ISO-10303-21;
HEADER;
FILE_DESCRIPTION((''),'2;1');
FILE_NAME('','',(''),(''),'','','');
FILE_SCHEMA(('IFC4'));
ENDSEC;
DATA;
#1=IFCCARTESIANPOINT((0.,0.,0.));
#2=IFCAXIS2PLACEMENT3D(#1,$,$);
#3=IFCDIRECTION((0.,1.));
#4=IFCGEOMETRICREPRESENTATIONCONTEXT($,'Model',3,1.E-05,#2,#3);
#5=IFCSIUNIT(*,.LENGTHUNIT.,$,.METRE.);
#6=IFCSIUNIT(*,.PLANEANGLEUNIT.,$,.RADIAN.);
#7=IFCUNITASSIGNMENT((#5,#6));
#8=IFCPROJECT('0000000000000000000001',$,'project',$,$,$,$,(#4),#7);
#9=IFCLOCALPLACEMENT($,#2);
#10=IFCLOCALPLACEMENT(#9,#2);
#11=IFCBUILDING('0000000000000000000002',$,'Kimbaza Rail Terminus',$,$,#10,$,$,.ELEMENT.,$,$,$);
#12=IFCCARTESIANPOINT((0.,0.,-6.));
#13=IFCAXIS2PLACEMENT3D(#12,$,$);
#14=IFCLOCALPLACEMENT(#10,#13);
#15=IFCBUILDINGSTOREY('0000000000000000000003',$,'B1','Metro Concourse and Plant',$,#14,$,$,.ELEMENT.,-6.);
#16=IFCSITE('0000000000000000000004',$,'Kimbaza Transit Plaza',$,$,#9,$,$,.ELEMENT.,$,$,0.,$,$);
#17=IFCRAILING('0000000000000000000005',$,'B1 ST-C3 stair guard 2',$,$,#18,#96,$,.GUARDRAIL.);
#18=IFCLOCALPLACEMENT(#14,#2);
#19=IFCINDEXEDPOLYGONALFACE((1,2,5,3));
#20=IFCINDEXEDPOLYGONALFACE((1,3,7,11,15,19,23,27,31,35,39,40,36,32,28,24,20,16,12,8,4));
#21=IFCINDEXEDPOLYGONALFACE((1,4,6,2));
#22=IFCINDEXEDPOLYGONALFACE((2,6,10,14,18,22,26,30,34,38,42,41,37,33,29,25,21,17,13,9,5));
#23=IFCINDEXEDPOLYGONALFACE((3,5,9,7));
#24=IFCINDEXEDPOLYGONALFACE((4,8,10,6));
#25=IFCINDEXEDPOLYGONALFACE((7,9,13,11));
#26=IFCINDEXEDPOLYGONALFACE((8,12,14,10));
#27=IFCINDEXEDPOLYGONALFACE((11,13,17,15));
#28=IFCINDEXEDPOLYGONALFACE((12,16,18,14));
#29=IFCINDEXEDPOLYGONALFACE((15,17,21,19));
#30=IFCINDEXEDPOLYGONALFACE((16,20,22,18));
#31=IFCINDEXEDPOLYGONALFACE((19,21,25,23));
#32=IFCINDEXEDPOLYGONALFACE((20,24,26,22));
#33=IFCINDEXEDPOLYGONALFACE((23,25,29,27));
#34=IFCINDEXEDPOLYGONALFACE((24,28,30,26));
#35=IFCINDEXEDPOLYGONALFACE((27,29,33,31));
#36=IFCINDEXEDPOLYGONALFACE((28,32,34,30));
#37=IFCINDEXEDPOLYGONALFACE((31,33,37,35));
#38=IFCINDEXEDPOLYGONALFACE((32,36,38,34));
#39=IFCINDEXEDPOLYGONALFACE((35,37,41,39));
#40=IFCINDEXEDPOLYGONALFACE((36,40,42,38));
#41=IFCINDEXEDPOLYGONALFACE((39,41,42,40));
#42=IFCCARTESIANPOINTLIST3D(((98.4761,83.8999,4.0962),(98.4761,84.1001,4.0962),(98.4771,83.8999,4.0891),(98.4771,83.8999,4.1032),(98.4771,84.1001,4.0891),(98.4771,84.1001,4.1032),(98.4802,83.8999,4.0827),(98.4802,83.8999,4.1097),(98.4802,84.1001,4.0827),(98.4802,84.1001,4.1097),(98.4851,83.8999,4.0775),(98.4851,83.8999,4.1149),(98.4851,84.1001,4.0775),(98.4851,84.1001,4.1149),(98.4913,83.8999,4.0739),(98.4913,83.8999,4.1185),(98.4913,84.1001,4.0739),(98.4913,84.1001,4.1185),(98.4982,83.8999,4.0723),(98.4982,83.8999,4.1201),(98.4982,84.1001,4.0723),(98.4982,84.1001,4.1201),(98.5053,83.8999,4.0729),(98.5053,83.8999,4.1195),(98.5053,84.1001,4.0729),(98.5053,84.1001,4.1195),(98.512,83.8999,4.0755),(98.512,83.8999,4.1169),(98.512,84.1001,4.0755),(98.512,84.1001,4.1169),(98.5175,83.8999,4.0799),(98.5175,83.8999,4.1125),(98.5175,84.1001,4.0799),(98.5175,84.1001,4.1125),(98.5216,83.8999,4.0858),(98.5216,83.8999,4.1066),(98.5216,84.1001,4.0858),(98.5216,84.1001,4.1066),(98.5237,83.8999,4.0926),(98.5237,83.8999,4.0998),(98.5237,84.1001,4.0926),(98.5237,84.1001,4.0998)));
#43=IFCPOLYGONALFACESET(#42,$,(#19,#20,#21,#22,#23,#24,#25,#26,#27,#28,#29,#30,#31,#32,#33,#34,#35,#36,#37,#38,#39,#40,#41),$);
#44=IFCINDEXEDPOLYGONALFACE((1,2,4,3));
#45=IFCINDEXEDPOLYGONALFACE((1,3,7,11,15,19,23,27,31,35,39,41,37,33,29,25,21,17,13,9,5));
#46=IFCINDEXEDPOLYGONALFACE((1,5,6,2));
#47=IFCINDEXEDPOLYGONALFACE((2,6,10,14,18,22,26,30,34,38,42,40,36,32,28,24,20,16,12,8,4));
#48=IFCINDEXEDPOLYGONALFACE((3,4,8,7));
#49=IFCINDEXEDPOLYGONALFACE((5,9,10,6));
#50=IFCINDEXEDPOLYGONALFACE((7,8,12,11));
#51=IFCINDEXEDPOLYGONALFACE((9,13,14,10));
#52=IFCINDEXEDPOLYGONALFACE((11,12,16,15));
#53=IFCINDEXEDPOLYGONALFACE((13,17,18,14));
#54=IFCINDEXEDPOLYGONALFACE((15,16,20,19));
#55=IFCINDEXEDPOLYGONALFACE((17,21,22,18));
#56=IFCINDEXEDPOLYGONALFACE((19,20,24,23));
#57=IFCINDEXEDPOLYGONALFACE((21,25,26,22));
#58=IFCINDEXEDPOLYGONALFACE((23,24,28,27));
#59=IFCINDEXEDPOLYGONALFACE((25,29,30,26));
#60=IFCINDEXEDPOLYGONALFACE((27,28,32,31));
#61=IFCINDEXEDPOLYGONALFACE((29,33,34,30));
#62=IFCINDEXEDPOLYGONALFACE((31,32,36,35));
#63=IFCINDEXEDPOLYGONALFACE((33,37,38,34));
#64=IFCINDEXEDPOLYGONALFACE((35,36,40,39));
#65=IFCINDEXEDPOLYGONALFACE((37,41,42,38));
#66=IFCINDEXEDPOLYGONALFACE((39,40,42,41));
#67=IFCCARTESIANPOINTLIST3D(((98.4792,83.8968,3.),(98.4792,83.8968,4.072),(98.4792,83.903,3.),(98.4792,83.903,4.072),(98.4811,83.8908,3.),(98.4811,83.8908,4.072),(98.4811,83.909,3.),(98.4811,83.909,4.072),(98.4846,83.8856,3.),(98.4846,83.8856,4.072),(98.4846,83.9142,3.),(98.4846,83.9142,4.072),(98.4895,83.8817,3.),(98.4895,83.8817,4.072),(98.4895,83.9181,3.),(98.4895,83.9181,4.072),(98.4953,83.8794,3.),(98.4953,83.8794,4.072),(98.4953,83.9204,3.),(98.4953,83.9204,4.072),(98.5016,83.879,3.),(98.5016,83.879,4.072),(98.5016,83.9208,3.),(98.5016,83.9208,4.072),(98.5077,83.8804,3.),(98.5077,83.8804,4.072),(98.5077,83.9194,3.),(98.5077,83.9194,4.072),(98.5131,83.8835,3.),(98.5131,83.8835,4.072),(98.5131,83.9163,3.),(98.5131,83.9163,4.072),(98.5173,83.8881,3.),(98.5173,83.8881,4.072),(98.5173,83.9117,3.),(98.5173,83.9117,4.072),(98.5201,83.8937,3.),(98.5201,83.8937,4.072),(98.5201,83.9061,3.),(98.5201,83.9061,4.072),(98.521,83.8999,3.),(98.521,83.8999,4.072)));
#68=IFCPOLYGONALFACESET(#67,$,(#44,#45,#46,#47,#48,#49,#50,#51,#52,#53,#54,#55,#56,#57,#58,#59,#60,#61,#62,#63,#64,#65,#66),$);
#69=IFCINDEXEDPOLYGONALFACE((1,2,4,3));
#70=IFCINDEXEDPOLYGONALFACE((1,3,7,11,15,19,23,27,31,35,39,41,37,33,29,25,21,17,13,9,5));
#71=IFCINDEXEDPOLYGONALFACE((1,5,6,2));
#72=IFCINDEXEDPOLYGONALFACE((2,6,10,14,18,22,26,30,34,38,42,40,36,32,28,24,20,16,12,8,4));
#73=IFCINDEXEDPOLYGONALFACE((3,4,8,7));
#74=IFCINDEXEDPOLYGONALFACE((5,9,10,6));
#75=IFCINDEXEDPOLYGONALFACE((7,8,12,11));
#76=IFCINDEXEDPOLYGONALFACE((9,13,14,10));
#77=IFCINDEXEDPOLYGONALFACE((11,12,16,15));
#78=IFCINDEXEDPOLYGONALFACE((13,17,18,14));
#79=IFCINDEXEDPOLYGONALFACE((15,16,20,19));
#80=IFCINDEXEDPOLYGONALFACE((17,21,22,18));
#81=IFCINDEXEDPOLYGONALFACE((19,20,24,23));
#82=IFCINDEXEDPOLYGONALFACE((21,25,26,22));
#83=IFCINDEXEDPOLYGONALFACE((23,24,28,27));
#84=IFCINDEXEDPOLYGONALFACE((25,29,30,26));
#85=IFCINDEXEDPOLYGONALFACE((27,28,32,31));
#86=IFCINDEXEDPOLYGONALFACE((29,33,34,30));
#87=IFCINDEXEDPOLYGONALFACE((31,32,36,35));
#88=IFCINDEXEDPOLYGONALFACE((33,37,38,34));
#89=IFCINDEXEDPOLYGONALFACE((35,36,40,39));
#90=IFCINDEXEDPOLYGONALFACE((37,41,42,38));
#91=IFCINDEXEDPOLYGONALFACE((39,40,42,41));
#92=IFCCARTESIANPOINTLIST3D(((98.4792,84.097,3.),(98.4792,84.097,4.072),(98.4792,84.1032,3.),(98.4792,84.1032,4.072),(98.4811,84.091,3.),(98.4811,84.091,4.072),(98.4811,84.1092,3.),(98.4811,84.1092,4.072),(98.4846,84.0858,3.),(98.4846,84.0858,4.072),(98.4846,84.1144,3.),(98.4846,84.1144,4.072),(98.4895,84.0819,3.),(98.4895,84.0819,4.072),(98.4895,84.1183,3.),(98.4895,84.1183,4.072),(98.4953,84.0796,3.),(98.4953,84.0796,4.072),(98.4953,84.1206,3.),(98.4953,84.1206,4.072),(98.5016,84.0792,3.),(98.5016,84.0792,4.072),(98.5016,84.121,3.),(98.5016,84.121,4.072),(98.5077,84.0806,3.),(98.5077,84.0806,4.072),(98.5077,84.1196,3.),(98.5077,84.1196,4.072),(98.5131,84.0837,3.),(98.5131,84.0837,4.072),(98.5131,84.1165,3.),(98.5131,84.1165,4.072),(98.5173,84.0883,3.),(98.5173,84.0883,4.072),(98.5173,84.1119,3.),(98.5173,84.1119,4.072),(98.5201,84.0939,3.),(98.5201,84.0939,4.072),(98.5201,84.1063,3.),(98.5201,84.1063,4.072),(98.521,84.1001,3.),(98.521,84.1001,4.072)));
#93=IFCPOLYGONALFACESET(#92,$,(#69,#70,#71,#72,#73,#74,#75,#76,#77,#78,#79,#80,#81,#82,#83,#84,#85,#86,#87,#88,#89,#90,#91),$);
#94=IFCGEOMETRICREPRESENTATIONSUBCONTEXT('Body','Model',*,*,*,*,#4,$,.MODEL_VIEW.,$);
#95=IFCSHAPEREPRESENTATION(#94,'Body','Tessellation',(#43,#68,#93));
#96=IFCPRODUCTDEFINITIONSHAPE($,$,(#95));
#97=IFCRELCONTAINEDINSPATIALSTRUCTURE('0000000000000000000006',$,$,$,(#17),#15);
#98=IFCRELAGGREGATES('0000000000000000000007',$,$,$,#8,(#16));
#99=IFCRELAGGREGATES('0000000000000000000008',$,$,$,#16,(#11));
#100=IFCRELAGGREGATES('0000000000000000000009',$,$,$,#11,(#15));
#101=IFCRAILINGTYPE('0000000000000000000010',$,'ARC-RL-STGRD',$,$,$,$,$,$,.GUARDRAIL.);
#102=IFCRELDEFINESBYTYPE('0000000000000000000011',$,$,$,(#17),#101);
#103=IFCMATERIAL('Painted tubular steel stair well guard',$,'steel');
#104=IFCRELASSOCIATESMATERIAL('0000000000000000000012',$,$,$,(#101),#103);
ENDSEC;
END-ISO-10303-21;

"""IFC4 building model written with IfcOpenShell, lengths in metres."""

from ifc_helpers import new_model, si_unit, direction, frame, origin, origin_2d, place, context, subcontext, project, spatial, circle, extrude, material, type_object, element, save


model = new_model("IFC4")

# Units and contexts
model_context = context("Model", 3, precision=1e-05, world=origin(), true_north=direction((0.0, 1.0)))
body_context = subcontext(model_context, "Body", "Model", "MODEL_VIEW")
ifc_project = project(units=[si_unit("LENGTHUNIT", "METRE"), si_unit("PLANEANGLEUNIT", "RADIAN")], contexts=[model_context])

# Site, building, storey
site_placement = place(None, origin())
site = spatial("IfcSite", under=ifc_project, at=site_placement, Name="Kimbaza Transit Plaza", CompositionType="ELEMENT", RefElevation=0.0)
building_placement = place(site_placement, origin())
building = spatial("IfcBuilding", under=site, at=building_placement, Name="Kimbaza Rail Terminus", CompositionType="ELEMENT")
storey_placement = place(building_placement, frame((0.0, 0.0, -6.0)))
storey = spatial("IfcBuildingStorey", under=building, at=storey_placement, Name="B1", Description="Metro Concourse and Plant", CompositionType="ELEMENT", Elevation=-6.0)

# Railing
ifc_material_1 = material(Name="Painted tubular steel stair well guard", Category="steel")
railing_type_1 = type_object("IfcRailingType", Name="ARC-RL-STGRD", PredefinedType="GUARDRAIL", material=ifc_material_1)
railing_1_placement = place(storey_placement, frame((98.5, 83.8999, 3.0)))
element("IfcRailing", 1, at=railing_1_placement, inside=storey, type_object=railing_type_1, Name="B1 ST-C3 stair guard 2", PredefinedType="GUARDRAIL", context=body_context, shape_type="SweptSolid", body=[
    extrude(circle(Radius=0.0239, at=origin_2d()), frame((0.0, 0.0, 1.0962), z_axis=(0.0, 1.0, 0.0), x_axis=(-1.0, 0.0, 0.0)), (0.0, 0.0, 1.0), 0.2002),
    extrude(circle(Radius=0.021, at=origin_2d()), origin(), (0.0, 0.0, 1.0), 1.072),
    extrude(circle(Radius=0.021, at=origin_2d()), frame((0.0, 0.2002, 0.0)), (0.0, 0.0, 1.0), 1.072),
])

save(model, "model.ifc")
